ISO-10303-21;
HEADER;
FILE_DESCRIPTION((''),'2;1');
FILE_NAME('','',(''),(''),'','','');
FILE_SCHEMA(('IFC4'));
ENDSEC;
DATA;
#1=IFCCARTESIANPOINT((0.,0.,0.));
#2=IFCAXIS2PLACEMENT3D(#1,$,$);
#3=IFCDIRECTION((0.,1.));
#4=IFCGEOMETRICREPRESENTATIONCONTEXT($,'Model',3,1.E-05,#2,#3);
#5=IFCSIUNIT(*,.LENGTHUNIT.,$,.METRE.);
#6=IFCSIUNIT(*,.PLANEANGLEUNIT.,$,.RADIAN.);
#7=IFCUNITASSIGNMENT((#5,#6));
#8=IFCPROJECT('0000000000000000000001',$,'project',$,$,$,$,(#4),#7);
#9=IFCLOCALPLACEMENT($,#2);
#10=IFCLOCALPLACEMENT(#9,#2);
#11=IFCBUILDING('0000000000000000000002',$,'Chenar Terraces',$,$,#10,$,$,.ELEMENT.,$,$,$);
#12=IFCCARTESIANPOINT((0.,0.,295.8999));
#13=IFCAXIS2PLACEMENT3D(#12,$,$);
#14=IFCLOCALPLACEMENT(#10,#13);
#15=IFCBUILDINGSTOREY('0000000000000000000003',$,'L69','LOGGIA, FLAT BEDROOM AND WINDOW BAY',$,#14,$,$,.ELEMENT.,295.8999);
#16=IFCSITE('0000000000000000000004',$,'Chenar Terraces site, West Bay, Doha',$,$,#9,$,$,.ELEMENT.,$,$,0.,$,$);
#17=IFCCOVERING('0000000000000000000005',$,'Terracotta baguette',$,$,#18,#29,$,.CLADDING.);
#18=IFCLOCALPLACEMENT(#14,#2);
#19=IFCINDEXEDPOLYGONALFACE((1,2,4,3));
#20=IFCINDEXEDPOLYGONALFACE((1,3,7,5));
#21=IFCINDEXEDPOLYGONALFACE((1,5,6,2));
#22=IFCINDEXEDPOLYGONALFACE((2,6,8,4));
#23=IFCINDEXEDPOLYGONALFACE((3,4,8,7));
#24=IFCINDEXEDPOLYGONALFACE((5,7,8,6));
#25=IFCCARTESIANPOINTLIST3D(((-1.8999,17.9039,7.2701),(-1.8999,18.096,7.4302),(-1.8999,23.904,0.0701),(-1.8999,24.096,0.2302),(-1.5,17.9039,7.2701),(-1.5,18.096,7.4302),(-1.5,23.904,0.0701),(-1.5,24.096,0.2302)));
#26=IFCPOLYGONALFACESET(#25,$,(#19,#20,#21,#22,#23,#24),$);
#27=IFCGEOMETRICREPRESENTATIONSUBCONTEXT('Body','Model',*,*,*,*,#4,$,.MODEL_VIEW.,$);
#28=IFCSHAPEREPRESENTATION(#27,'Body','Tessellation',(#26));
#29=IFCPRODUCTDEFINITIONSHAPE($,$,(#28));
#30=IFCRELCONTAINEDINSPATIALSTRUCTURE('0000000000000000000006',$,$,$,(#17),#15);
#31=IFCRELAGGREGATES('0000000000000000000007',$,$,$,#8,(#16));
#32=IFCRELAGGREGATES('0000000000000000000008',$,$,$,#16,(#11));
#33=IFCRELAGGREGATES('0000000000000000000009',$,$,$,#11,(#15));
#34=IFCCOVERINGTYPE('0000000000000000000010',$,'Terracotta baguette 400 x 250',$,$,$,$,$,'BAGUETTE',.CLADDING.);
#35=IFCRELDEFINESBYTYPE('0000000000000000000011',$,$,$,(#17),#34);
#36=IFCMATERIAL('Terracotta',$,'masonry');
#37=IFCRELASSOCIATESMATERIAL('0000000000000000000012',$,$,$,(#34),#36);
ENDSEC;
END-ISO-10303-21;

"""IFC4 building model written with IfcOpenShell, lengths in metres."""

from ifc_helpers import new_model, si_unit, direction, frame, origin, origin_2d, place, context, subcontext, project, spatial, rectangle, extrude, material, material_profile, profile_set, type_object, element, save


model = new_model("IFC4")

# Units and contexts
model_context = context("Model", 3, precision=1e-05, world=origin(), true_north=direction((0.0, 1.0)))
body_context = subcontext(model_context, "Body", "Model", "MODEL_VIEW")
ifc_project = project(units=[si_unit("LENGTHUNIT", "METRE"), si_unit("PLANEANGLEUNIT", "RADIAN")], contexts=[model_context])

# Site, building, storey
site_placement = place(None, origin())
site = spatial("IfcSite", under=ifc_project, at=site_placement, Name="Chenar Terraces site, West Bay, Doha", CompositionType="ELEMENT", RefElevation=0.0)
building_placement = place(site_placement, origin())
building = spatial("IfcBuilding", under=site, at=building_placement, Name="Chenar Terraces", CompositionType="ELEMENT")
storey_placement = place(building_placement, frame((0.0, 0.0, 295.8999)))
storey = spatial("IfcBuildingStorey", under=building, at=storey_placement, Name="L69", Description="LOGGIA, FLAT BEDROOM AND WINDOW BAY", CompositionType="ELEMENT", Elevation=295.8999)

# Covering
ifc_material_1 = material(Name="Terracotta", Category="masonry")
ifc_material_profile_1 = material_profile(ifc_material_1, rectangle(XDim=0.3999, YDim=0.25, at=origin_2d()), Name="Terracotta baguette 400 x 250")
ifc_profile_set_1 = profile_set([ifc_material_profile_1], Name="Terracotta")
covering_type = type_object("IfcCoveringType", Name="Terracotta baguette 400 x 250", ElementType="BAGUETTE", PredefinedType="CLADDING", material=ifc_profile_set_1)
for number, where, z_axis, x_axis, name in (
    (1, (-1.7, 24.0, 0.1501), (0.0, -0.640187, 0.768219), (1.0, 0.0, 0.0), "Terracotta baguette"),
):
    element("IfcCovering", number, at=place(storey_placement, frame(where, z_axis=z_axis, x_axis=x_axis)), inside=storey, type_object=covering_type, Name=name, PredefinedType="CLADDING", context=body_context, shape_type="SweptSolid", body=[
        extrude(rectangle(XDim=0.3999, YDim=0.25, at=origin_2d()), origin(), (0.0, 0.0, 1.0), 9.3723),
    ])

save(model, "model.ifc")
